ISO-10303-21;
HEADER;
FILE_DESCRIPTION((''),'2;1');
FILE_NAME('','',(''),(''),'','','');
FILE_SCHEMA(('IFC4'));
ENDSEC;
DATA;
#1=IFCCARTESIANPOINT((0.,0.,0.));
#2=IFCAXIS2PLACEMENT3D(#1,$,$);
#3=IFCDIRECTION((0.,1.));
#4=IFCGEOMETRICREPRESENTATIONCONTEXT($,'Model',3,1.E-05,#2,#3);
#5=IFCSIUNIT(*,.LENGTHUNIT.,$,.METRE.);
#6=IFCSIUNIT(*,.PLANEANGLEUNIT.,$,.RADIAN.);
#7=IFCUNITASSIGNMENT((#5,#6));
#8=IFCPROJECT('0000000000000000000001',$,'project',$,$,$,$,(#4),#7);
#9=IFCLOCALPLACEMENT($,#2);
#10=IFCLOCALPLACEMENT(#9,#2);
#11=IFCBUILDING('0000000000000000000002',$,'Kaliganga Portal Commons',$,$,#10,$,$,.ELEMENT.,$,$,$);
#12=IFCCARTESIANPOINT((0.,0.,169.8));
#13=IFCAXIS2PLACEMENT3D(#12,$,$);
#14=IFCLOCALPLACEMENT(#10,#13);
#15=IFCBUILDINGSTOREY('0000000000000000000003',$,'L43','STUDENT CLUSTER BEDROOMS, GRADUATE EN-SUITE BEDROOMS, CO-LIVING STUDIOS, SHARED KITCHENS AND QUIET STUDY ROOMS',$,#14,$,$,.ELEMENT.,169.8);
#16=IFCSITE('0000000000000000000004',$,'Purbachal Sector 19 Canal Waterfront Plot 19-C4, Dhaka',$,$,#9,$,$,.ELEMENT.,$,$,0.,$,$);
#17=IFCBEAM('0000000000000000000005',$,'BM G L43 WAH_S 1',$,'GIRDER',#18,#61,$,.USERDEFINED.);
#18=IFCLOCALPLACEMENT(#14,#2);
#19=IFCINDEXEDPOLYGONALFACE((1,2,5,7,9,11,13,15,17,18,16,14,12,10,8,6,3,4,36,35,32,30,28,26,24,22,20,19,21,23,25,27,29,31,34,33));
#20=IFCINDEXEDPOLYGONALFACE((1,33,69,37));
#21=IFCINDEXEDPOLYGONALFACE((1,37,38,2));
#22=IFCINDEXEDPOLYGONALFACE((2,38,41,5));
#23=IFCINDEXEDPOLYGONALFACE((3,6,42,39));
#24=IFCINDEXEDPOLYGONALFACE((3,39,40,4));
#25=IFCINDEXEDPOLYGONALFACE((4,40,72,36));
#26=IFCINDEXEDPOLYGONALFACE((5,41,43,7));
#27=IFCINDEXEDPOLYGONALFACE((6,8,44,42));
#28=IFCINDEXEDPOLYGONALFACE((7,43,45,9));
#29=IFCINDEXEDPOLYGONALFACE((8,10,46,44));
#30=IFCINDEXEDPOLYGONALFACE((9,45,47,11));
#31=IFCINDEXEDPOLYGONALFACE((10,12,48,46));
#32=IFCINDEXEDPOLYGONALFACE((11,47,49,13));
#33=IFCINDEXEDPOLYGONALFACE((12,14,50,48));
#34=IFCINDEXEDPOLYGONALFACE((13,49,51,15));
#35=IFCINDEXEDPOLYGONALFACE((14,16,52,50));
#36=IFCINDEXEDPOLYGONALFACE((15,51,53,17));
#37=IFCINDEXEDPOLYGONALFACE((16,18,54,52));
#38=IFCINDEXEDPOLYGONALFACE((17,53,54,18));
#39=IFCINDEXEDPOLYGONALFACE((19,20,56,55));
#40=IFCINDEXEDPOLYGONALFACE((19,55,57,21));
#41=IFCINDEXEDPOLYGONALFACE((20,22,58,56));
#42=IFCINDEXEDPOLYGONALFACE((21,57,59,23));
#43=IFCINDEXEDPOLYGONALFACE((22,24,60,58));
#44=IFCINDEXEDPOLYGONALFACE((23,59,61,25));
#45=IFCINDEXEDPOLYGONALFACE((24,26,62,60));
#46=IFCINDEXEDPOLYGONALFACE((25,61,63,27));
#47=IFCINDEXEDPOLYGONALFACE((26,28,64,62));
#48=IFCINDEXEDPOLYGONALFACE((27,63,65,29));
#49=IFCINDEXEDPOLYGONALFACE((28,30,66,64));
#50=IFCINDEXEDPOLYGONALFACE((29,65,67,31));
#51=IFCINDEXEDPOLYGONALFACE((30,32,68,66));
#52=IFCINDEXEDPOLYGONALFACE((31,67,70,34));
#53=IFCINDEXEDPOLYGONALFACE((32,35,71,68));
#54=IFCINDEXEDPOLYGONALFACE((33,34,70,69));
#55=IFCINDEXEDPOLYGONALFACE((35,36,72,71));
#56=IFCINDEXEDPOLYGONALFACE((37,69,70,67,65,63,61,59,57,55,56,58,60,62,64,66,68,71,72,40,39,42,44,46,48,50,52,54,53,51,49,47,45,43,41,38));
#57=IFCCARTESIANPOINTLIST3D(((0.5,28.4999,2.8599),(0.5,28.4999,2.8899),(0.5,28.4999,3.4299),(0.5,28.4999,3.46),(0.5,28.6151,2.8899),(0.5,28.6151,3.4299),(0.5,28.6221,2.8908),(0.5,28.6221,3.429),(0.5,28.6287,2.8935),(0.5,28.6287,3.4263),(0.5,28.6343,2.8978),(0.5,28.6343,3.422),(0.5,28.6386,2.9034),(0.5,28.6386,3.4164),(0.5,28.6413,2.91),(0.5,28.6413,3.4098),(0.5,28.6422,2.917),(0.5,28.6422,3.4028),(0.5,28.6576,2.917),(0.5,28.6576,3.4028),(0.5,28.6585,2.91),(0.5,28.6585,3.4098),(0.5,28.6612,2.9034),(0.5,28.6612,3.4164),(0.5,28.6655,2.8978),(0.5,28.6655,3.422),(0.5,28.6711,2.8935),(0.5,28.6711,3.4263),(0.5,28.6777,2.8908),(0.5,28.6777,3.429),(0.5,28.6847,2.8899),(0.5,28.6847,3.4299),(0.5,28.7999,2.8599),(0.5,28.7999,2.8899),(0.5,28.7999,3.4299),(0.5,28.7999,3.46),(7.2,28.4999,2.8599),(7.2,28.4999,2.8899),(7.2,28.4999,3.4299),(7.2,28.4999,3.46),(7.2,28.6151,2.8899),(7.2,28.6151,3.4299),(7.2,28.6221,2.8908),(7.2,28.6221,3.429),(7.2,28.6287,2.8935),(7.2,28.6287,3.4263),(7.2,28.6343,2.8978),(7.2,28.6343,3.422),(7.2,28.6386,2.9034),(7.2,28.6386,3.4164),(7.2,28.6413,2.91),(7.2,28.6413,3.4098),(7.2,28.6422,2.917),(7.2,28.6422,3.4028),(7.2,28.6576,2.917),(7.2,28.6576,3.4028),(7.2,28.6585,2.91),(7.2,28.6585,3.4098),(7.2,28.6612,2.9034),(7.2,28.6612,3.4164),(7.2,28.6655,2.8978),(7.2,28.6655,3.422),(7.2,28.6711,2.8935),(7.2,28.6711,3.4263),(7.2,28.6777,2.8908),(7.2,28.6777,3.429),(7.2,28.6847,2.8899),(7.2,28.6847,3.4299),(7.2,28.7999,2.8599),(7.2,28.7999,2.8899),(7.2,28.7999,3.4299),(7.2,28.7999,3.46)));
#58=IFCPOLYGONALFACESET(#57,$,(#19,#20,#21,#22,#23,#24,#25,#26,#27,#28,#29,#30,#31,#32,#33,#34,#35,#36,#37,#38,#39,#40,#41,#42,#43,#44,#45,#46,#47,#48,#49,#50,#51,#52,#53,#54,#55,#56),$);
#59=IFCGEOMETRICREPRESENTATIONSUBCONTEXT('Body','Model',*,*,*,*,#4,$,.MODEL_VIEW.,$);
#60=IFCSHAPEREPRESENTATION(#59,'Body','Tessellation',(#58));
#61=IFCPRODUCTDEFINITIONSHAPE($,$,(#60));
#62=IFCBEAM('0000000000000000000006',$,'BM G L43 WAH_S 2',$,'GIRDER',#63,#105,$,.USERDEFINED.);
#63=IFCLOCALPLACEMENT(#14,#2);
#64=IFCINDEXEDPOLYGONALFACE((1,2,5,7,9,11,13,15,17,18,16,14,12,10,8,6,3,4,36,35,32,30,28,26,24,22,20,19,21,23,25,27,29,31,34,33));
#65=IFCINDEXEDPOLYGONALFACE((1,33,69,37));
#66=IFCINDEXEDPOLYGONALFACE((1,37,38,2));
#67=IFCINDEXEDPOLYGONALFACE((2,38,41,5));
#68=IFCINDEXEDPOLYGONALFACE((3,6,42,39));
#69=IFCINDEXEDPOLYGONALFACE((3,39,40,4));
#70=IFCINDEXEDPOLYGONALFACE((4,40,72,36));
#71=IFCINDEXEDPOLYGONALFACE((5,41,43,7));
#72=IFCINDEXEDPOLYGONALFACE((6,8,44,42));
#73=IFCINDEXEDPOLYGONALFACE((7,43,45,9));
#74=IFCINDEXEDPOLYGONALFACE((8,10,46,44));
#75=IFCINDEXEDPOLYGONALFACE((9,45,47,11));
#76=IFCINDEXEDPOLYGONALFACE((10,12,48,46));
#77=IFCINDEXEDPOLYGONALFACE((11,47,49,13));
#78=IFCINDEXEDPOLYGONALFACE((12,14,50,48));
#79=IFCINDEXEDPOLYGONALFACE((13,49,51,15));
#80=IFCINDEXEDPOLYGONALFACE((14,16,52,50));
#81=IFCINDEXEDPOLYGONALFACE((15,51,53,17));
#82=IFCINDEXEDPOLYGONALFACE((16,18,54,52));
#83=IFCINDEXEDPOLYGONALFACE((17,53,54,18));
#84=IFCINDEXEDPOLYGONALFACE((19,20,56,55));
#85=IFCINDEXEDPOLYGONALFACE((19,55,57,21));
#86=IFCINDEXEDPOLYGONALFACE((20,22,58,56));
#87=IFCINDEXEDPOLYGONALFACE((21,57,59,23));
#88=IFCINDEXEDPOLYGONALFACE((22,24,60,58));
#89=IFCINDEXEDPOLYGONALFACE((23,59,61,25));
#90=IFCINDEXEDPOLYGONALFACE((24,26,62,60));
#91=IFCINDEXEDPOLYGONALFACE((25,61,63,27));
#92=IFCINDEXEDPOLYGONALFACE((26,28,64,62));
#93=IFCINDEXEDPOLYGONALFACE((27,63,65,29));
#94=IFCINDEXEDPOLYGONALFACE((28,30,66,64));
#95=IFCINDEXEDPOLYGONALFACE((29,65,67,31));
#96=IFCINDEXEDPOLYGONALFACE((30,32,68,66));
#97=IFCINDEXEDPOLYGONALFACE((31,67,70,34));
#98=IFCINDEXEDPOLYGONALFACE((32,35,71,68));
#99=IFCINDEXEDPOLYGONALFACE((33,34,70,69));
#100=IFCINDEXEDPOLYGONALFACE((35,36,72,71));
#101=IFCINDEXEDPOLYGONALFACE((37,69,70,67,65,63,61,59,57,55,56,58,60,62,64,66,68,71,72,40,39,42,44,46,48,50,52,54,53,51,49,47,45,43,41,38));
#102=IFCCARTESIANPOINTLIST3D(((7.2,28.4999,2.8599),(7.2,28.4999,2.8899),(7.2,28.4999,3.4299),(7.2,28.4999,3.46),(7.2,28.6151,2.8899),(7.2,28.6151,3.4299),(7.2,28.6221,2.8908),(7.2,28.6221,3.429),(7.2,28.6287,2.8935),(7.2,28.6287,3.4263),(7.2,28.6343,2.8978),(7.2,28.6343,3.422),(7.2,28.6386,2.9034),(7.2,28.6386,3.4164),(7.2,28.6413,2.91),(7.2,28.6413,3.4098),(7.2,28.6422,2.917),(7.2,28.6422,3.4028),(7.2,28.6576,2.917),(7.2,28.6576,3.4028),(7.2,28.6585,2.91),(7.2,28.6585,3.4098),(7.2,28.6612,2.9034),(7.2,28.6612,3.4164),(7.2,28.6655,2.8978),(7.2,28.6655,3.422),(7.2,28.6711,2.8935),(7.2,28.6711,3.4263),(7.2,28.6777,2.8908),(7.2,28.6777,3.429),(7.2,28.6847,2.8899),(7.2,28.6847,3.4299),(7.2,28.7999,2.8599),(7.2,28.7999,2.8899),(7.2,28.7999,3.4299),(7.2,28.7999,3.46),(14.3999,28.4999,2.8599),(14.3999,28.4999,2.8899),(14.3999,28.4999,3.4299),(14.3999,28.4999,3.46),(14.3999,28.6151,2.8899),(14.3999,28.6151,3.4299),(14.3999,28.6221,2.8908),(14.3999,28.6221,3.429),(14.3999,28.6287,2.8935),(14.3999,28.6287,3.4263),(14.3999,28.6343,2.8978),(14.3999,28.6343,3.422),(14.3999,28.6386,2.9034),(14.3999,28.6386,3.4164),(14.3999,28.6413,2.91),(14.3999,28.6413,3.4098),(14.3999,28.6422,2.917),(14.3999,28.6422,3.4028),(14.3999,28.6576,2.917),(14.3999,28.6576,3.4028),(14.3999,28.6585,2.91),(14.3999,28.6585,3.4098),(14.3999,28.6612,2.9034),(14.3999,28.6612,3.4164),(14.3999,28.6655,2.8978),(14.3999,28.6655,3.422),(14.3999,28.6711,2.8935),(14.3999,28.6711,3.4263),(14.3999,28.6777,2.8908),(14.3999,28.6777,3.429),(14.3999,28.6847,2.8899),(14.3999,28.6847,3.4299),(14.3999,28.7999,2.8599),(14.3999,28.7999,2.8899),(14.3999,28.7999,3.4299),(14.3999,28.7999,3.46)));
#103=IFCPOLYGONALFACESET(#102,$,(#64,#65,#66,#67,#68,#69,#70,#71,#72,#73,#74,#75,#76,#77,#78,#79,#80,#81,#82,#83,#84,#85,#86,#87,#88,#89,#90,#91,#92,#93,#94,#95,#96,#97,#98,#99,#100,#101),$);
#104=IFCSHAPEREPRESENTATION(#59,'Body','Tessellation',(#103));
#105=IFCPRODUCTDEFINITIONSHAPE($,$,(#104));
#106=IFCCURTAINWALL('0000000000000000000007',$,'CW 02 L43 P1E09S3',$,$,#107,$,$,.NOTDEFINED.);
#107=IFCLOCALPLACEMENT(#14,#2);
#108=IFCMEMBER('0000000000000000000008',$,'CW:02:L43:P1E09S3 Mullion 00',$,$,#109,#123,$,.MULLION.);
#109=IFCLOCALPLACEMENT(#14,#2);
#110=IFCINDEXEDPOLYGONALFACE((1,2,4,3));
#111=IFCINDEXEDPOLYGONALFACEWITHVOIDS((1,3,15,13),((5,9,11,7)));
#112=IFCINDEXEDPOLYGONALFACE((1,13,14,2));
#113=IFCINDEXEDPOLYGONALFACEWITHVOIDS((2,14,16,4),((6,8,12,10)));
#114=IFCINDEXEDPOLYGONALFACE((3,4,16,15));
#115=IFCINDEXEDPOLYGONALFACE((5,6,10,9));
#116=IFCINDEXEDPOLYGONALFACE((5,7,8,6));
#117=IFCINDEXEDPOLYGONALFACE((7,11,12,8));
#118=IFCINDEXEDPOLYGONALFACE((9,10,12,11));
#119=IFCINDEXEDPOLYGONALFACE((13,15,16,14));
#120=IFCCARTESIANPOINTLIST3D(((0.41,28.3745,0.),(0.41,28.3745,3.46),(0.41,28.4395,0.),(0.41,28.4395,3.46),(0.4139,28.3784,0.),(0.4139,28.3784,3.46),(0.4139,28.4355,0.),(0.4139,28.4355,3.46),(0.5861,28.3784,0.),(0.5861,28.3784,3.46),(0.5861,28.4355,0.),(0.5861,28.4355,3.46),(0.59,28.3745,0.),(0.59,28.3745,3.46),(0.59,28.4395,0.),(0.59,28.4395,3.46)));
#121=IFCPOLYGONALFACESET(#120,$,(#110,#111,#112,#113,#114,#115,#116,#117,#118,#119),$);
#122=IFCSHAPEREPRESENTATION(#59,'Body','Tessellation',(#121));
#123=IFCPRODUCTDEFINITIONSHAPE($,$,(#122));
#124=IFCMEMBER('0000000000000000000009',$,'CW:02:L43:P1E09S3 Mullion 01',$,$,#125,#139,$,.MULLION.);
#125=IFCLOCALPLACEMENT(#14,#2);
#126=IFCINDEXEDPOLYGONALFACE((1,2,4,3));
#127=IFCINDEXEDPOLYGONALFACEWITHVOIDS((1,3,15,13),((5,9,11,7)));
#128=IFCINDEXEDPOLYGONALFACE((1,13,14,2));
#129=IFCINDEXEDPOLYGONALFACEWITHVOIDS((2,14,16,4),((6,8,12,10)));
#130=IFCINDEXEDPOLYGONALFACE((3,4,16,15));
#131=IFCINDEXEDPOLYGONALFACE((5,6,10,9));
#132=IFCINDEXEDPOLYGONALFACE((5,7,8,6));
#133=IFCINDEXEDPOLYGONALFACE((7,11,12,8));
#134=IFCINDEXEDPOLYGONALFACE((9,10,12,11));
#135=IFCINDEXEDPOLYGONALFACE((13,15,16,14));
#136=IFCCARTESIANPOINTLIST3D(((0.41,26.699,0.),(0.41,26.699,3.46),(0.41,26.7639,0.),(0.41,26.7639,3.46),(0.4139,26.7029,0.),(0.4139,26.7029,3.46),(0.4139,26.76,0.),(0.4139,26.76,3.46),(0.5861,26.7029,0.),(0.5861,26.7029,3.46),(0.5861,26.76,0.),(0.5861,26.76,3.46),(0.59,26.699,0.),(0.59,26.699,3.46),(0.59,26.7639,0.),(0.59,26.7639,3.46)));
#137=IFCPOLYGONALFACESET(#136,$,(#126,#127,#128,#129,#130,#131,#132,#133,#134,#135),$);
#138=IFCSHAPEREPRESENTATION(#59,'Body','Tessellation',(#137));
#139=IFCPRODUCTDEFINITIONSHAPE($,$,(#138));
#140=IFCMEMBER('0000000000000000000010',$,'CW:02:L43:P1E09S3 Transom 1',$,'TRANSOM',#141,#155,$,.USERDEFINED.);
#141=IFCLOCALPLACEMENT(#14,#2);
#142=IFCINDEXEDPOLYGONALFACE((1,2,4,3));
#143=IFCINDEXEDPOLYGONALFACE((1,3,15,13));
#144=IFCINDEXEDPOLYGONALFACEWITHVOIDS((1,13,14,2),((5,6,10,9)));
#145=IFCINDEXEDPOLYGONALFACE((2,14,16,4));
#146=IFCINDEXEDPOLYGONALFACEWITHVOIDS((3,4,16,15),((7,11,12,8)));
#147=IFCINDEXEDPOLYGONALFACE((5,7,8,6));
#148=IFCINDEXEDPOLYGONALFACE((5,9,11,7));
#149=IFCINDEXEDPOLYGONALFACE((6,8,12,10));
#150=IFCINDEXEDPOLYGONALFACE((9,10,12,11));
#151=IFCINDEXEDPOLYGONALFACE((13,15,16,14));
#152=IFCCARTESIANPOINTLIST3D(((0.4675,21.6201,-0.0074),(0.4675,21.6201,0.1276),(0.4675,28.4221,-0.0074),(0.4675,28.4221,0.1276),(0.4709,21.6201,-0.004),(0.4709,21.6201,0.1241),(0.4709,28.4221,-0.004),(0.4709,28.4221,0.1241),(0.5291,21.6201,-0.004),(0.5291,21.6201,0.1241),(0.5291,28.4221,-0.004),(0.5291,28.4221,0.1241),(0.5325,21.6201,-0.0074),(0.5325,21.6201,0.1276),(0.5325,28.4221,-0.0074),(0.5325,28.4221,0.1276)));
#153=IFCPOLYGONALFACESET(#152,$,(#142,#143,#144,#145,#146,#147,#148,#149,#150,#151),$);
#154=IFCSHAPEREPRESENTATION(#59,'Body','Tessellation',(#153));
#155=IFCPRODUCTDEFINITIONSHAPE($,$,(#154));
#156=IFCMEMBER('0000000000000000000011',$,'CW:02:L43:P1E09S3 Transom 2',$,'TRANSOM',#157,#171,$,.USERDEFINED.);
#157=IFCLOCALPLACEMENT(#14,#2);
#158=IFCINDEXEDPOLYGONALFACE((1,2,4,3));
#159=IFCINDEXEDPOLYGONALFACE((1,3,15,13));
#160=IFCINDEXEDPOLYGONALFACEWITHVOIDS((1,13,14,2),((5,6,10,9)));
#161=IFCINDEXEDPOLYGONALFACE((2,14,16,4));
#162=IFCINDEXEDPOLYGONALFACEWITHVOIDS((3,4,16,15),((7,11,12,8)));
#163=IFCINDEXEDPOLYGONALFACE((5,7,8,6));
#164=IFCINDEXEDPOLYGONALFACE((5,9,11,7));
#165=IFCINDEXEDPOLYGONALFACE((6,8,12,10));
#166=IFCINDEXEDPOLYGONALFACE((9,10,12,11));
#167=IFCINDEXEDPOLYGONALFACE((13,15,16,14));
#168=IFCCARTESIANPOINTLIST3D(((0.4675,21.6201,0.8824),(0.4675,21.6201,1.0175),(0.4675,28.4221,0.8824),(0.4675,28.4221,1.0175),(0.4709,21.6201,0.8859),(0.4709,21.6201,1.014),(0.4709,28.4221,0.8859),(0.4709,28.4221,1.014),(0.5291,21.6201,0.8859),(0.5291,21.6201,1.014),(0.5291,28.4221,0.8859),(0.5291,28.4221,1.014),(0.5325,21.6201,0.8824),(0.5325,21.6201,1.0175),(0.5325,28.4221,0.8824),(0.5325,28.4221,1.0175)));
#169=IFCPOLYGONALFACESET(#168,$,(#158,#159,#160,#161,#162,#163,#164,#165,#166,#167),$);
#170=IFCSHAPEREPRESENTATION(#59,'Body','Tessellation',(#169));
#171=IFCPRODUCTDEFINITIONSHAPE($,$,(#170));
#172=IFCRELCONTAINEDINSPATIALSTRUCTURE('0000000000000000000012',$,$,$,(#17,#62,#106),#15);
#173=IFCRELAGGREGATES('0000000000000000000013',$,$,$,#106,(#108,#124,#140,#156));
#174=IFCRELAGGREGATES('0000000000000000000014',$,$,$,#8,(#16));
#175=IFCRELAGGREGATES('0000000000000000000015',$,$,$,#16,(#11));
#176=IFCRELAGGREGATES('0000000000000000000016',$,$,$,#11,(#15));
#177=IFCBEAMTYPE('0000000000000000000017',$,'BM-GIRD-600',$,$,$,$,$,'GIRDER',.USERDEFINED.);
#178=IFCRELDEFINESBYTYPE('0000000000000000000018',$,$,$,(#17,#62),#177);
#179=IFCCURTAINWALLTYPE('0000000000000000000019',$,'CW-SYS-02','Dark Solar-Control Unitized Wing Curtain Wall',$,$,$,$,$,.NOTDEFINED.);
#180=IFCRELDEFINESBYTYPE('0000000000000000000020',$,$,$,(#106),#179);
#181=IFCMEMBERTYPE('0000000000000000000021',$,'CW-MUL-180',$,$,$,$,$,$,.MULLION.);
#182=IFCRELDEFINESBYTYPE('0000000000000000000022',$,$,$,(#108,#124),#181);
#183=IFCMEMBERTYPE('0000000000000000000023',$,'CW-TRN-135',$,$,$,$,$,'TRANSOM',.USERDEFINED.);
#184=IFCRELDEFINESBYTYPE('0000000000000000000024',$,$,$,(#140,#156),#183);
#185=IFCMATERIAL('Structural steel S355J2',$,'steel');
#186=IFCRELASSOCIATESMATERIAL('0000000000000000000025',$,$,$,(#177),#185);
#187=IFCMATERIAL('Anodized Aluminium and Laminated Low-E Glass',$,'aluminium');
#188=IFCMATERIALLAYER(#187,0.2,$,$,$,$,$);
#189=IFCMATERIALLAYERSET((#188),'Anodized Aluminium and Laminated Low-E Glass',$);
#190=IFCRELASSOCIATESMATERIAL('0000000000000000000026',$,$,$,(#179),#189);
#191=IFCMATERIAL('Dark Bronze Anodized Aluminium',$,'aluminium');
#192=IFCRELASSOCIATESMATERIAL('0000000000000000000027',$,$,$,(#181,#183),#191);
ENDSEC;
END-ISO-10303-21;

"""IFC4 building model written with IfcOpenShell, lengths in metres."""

from ifc_helpers import new_model, si_unit, direction, frame, origin, origin_2d, place, context, subcontext, project, spatial, hollow_rectangle, i_section, extrude, source, transform, mapped, material, layer, layer_set, material_profile, profile_set, type_object, element, aggregate, save


model = new_model("IFC4")

# Units and contexts
model_context = context("Model", 3, precision=1e-05, world=origin(), true_north=direction((0.0, 1.0)))
body_context = subcontext(model_context, "Body", "Model", "MODEL_VIEW")
ifc_project = project(units=[si_unit("LENGTHUNIT", "METRE"), si_unit("PLANEANGLEUNIT", "RADIAN")], contexts=[model_context])

# Site, building, storey
site_placement = place(None, origin())
site = spatial("IfcSite", under=ifc_project, at=site_placement, Name="Purbachal Sector 19 Canal Waterfront Plot 19-C4, Dhaka", CompositionType="ELEMENT", RefElevation=0.0)
building_placement = place(site_placement, origin())
building = spatial("IfcBuilding", under=site, at=building_placement, Name="Kaliganga Portal Commons", CompositionType="ELEMENT")
storey_placement = place(building_placement, frame((0.0, 0.0, 169.8)))
storey = spatial("IfcBuildingStorey", under=building, at=storey_placement, Name="L43", Description="STUDENT CLUSTER BEDROOMS, GRADUATE EN-SUITE BEDROOMS, CO-LIVING STUDIOS, SHARED KITCHENS AND QUIET STUDY ROOMS", CompositionType="ELEMENT", Elevation=169.8)

# Beams
ifc_material_1 = material(Name="Structural steel S355J2", Category="steel")
ifc_material_profile_1 = material_profile(ifc_material_1, i_section(OverallWidth=0.3, OverallDepth=0.6001, WebThickness=0.0154, FlangeThickness=0.03, FilletRadius=0.0271, at=origin_2d()), Name="HE 600 B")
ifc_profile_set_1 = profile_set([ifc_material_profile_1], Name="Structural steel S355J2 wide-flange")
beam_type_1 = type_object("IfcBeamType", Name="BM-GIRD-600", ElementType="GIRDER", PredefinedType="USERDEFINED", material=ifc_profile_set_1)
shared_shape_1 = source(origin(), body_context, "Body", "SweptSolid", [
    extrude(i_section(OverallWidth=0.3, OverallDepth=0.6001, WebThickness=0.0154, FlangeThickness=0.03, FilletRadius=0.0271, at=origin_2d()), origin(), (0.0, 0.0, 1.0), 6.7),
])
beam_1_placement = place(storey_placement, frame((0.5, 28.6499, 3.1599), z_axis=(1.0, 0.0, 0.0), x_axis=(0.0, 1.0, 0.0)))
element("IfcBeam", 1, at=beam_1_placement, inside=storey, type_object=beam_type_1, Name="BM G L43 WAH_S 1", ObjectType="GIRDER", PredefinedType="USERDEFINED", context=body_context, shape_type="MappedRepresentation", body=[
    mapped(shared_shape_1, transform((0.0, 0.0, 0.0), x_axis=(1.0, 0.0, 0.0), y_axis=(0.0, 1.0, 0.0), z_axis=(0.0, 0.0, 1.0), scale=1.0)),
])
shared_shape_2 = source(origin(), body_context, "Body", "SweptSolid", [
    extrude(i_section(OverallWidth=0.3, OverallDepth=0.6001, WebThickness=0.0154, FlangeThickness=0.03, FilletRadius=0.0271, at=origin_2d()), origin(), (0.0, 0.0, 1.0), 7.2),
])
beam_2_placement = place(storey_placement, frame((7.2, 28.6499, 3.1599), z_axis=(1.0, 0.0, 0.0), x_axis=(0.0, 1.0, 0.0)))
element("IfcBeam", 2, at=beam_2_placement, inside=storey, type_object=beam_type_1, Name="BM G L43 WAH_S 2", ObjectType="GIRDER", PredefinedType="USERDEFINED", context=body_context, shape_type="MappedRepresentation", body=[
    mapped(shared_shape_2, transform((0.0, 0.0, 0.0), x_axis=(1.0, 0.0, 0.0), y_axis=(0.0, 1.0, 0.0), z_axis=(0.0, 0.0, 1.0), scale=1.0)),
])

# Curtain wall, members
ifc_material_2 = material(Name="Anodized Aluminium and Laminated Low-E Glass", Category="aluminium")
ifc_layer_1 = layer(ifc_material_2, 0.2)
ifc_layer_set_1 = layer_set([ifc_layer_1], Name="Anodized Aluminium and Laminated Low-E Glass")
curtain_wall_type = type_object("IfcCurtainWallType", Name="CW-SYS-02", Description="Dark Solar-Control Unitized Wing Curtain Wall", PredefinedType="NOTDEFINED", material=ifc_layer_set_1)
curtain_wall_1_placement = place(storey_placement, origin())
curtain_wall_1 = element("IfcCurtainWall", 3, at=curtain_wall_1_placement, inside=storey, type_object=curtain_wall_type, Name="CW 02 L43 P1E09S3", PredefinedType="NOTDEFINED")
ifc_material_3 = material(Name="Dark Bronze Anodized Aluminium", Category="aluminium")
ifc_material_profile_2 = material_profile(ifc_material_3, hollow_rectangle(XDim=0.0649, YDim=0.1799, WallThickness=0.0039, at=origin_2d()), Name="ALU MULL 65x180x4")
ifc_profile_set_2 = profile_set([ifc_material_profile_2], Name="Dark Bronze Anodized Aluminium")
member_type_1 = type_object("IfcMemberType", Name="CW-MUL-180", PredefinedType="MULLION", material=ifc_profile_set_2)
shared_shape_3 = source(origin(), body_context, "Body", "SweptSolid", [
    extrude(hollow_rectangle(XDim=0.0649, YDim=0.1799, WallThickness=0.0039, at=origin_2d()), origin(), (0.0, 0.0, 1.0), 3.46),
])
member_1_placement = place(storey_placement, frame((0.5, 28.407, 0.0), z_axis=(0.0, 0.0, 1.0), x_axis=(0.0, -1.0, 0.0)))
member_1 = element("IfcMember", 4, at=member_1_placement, type_object=member_type_1, Name="CW:02:L43:P1E09S3 Mullion 00", PredefinedType="MULLION", context=body_context, shape_type="MappedRepresentation", body=[
    mapped(shared_shape_3, transform((0.0, 0.0, 0.0), x_axis=(1.0, 0.0, 0.0), y_axis=(0.0, 1.0, 0.0), z_axis=(0.0, 0.0, 1.0), scale=1.0)),
])
member_2_placement = place(storey_placement, frame((0.5, 26.7314, 0.0), z_axis=(0.0, 0.0, 1.0), x_axis=(0.0, -1.0, 0.0)))
member_2 = element("IfcMember", 5, at=member_2_placement, type_object=member_type_1, Name="CW:02:L43:P1E09S3 Mullion 01", PredefinedType="MULLION", context=body_context, shape_type="MappedRepresentation", body=[
    mapped(shared_shape_3, transform((0.0, 0.0, 0.0), x_axis=(1.0, 0.0, 0.0), y_axis=(0.0, 1.0, 0.0), z_axis=(0.0, 0.0, 1.0), scale=1.0)),
])
ifc_material_profile_3 = material_profile(ifc_material_3, hollow_rectangle(XDim=0.0649, YDim=0.135, WallThickness=0.0034, at=origin_2d()), Name="ALU TRAN 65x135x3.5")
ifc_profile_set_3 = profile_set([ifc_material_profile_3], Name="Dark Bronze Anodized Aluminium")
member_type_2 = type_object("IfcMemberType", Name="CW-TRN-135", ElementType="TRANSOM", PredefinedType="USERDEFINED", material=ifc_profile_set_3)
shared_shape_4 = source(origin(), body_context, "Body", "SweptSolid", [
    extrude(hollow_rectangle(XDim=0.0649, YDim=0.135, WallThickness=0.0034, at=origin_2d()), origin(), (0.0, 0.0, 1.0), 6.802),
])
member_3_placement = place(storey_placement, frame((0.5, 28.4221, 0.0601), z_axis=(0.0, -1.0, 0.0), x_axis=(1.0, 0.0, 0.0)))
member_3 = element("IfcMember", 6, at=member_3_placement, type_object=member_type_2, Name="CW:02:L43:P1E09S3 Transom 1", ObjectType="TRANSOM", PredefinedType="USERDEFINED", context=body_context, shape_type="MappedRepresentation", body=[
    mapped(shared_shape_4, transform((0.0, 0.0, 0.0), x_axis=(1.0, 0.0, 0.0), y_axis=(0.0, 1.0, 0.0), z_axis=(0.0, 0.0, 1.0), scale=1.0)),
])
member_4_placement = place(storey_placement, frame((0.5, 28.4221, 0.95), z_axis=(0.0, -1.0, 0.0), x_axis=(1.0, 0.0, 0.0)))
member_4 = element("IfcMember", 7, at=member_4_placement, type_object=member_type_2, Name="CW:02:L43:P1E09S3 Transom 2", ObjectType="TRANSOM", PredefinedType="USERDEFINED", context=body_context, shape_type="MappedRepresentation", body=[
    mapped(shared_shape_4, transform((0.0, 0.0, 0.0), x_axis=(1.0, 0.0, 0.0), y_axis=(0.0, 1.0, 0.0), z_axis=(0.0, 0.0, 1.0), scale=1.0)),
])

aggregate(curtain_wall_1, [member_1, member_2, member_3, member_4])

save(model, "model.ifc")
